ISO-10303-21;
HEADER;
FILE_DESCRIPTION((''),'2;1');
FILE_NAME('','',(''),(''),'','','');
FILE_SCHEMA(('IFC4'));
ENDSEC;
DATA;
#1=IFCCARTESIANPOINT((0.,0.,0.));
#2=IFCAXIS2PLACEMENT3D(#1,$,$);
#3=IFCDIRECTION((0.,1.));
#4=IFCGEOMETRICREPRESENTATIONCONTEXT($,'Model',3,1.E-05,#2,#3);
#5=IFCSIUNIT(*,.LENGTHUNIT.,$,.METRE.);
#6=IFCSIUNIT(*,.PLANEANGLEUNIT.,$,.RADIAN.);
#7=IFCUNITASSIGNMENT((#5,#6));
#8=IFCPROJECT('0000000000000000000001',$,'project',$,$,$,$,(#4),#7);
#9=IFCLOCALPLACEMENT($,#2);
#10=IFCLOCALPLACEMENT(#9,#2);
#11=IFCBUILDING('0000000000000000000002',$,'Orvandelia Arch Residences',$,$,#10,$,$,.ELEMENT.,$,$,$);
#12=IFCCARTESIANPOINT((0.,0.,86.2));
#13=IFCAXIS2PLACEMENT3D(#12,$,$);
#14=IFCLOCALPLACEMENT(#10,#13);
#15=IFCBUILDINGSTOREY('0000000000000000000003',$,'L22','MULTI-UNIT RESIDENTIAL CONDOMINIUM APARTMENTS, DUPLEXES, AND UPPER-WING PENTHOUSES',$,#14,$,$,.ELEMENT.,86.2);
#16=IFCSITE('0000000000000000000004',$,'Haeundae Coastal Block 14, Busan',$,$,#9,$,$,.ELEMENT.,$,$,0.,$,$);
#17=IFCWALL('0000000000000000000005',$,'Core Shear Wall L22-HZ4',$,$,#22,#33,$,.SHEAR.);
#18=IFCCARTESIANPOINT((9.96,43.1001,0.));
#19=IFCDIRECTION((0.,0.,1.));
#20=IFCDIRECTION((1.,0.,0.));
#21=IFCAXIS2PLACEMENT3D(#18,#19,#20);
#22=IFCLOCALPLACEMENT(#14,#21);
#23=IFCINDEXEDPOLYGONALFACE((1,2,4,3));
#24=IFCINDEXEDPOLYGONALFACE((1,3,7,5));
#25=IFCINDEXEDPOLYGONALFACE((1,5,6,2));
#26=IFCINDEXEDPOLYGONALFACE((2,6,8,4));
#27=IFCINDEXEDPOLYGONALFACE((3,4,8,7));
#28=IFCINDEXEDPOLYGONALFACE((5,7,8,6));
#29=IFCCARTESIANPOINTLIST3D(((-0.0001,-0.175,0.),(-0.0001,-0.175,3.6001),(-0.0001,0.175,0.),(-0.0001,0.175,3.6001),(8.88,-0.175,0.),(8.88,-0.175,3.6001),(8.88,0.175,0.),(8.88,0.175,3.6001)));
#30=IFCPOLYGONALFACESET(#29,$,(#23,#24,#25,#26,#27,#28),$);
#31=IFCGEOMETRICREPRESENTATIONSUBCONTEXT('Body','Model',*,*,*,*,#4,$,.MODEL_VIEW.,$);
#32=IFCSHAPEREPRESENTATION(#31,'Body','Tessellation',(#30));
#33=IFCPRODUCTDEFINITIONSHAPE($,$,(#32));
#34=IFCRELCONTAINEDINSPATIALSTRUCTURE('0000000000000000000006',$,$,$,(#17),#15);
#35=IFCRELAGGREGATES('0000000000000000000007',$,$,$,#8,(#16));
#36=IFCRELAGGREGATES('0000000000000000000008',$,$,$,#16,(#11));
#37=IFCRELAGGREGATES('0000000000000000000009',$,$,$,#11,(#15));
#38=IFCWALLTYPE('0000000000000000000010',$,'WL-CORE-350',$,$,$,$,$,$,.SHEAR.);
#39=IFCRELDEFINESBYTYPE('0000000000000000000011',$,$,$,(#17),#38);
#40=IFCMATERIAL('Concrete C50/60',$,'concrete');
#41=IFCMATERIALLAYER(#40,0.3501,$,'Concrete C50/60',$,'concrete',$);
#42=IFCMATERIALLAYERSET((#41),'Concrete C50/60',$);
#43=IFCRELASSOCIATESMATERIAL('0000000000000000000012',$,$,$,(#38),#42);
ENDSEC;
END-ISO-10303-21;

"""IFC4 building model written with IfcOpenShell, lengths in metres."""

from ifc_helpers import new_model, si_unit, direction, frame, frame_2d, origin, place, context, subcontext, project, spatial, rectangle, extrude, material, layer, layer_set, type_object, element, save


model = new_model("IFC4")

# Units and contexts
model_context = context("Model", 3, precision=1e-05, world=origin(), true_north=direction((0.0, 1.0)))
body_context = subcontext(model_context, "Body", "Model", "MODEL_VIEW")
ifc_project = project(units=[si_unit("LENGTHUNIT", "METRE"), si_unit("PLANEANGLEUNIT", "RADIAN")], contexts=[model_context])

# Site, building, storey
site_placement = place(None, origin())
site = spatial("IfcSite", under=ifc_project, at=site_placement, Name="Haeundae Coastal Block 14, Busan", CompositionType="ELEMENT", RefElevation=0.0)
building_placement = place(site_placement, origin())
building = spatial("IfcBuilding", under=site, at=building_placement, Name="Orvandelia Arch Residences", CompositionType="ELEMENT")
storey_placement = place(building_placement, frame((0.0, 0.0, 86.2)))
storey = spatial("IfcBuildingStorey", under=building, at=storey_placement, Name="L22", Description="MULTI-UNIT RESIDENTIAL CONDOMINIUM APARTMENTS, DUPLEXES, AND UPPER-WING PENTHOUSES", CompositionType="ELEMENT", Elevation=86.2)

# Wall
ifc_material_1 = material(Name="Concrete C50/60", Category="concrete")
ifc_layer_1 = layer(ifc_material_1, 0.3501, Name="Concrete C50/60", Category="concrete")
ifc_layer_set_1 = layer_set([ifc_layer_1], Name="Concrete C50/60")
wall_type_1 = type_object("IfcWallType", Name="WL-CORE-350", PredefinedType="SHEAR", material=ifc_layer_set_1)
wall_1_placement = place(storey_placement, frame((9.96, 43.1001, 0.0), z_axis=(0.0, 0.0, 1.0), x_axis=(1.0, 0.0, 0.0)))
element("IfcWall", 1, at=wall_1_placement, inside=storey, type_object=wall_type_1, Name="Core Shear Wall L22-HZ4", PredefinedType="SHEAR", context=body_context, shape_type="SweptSolid", body=[
    extrude(rectangle(XDim=8.8801, YDim=0.3501, at=frame_2d((4.4399, 0.0))), origin(), (0.0, 0.0, 1.0), 3.6001),
])

save(model, "model.ifc")
